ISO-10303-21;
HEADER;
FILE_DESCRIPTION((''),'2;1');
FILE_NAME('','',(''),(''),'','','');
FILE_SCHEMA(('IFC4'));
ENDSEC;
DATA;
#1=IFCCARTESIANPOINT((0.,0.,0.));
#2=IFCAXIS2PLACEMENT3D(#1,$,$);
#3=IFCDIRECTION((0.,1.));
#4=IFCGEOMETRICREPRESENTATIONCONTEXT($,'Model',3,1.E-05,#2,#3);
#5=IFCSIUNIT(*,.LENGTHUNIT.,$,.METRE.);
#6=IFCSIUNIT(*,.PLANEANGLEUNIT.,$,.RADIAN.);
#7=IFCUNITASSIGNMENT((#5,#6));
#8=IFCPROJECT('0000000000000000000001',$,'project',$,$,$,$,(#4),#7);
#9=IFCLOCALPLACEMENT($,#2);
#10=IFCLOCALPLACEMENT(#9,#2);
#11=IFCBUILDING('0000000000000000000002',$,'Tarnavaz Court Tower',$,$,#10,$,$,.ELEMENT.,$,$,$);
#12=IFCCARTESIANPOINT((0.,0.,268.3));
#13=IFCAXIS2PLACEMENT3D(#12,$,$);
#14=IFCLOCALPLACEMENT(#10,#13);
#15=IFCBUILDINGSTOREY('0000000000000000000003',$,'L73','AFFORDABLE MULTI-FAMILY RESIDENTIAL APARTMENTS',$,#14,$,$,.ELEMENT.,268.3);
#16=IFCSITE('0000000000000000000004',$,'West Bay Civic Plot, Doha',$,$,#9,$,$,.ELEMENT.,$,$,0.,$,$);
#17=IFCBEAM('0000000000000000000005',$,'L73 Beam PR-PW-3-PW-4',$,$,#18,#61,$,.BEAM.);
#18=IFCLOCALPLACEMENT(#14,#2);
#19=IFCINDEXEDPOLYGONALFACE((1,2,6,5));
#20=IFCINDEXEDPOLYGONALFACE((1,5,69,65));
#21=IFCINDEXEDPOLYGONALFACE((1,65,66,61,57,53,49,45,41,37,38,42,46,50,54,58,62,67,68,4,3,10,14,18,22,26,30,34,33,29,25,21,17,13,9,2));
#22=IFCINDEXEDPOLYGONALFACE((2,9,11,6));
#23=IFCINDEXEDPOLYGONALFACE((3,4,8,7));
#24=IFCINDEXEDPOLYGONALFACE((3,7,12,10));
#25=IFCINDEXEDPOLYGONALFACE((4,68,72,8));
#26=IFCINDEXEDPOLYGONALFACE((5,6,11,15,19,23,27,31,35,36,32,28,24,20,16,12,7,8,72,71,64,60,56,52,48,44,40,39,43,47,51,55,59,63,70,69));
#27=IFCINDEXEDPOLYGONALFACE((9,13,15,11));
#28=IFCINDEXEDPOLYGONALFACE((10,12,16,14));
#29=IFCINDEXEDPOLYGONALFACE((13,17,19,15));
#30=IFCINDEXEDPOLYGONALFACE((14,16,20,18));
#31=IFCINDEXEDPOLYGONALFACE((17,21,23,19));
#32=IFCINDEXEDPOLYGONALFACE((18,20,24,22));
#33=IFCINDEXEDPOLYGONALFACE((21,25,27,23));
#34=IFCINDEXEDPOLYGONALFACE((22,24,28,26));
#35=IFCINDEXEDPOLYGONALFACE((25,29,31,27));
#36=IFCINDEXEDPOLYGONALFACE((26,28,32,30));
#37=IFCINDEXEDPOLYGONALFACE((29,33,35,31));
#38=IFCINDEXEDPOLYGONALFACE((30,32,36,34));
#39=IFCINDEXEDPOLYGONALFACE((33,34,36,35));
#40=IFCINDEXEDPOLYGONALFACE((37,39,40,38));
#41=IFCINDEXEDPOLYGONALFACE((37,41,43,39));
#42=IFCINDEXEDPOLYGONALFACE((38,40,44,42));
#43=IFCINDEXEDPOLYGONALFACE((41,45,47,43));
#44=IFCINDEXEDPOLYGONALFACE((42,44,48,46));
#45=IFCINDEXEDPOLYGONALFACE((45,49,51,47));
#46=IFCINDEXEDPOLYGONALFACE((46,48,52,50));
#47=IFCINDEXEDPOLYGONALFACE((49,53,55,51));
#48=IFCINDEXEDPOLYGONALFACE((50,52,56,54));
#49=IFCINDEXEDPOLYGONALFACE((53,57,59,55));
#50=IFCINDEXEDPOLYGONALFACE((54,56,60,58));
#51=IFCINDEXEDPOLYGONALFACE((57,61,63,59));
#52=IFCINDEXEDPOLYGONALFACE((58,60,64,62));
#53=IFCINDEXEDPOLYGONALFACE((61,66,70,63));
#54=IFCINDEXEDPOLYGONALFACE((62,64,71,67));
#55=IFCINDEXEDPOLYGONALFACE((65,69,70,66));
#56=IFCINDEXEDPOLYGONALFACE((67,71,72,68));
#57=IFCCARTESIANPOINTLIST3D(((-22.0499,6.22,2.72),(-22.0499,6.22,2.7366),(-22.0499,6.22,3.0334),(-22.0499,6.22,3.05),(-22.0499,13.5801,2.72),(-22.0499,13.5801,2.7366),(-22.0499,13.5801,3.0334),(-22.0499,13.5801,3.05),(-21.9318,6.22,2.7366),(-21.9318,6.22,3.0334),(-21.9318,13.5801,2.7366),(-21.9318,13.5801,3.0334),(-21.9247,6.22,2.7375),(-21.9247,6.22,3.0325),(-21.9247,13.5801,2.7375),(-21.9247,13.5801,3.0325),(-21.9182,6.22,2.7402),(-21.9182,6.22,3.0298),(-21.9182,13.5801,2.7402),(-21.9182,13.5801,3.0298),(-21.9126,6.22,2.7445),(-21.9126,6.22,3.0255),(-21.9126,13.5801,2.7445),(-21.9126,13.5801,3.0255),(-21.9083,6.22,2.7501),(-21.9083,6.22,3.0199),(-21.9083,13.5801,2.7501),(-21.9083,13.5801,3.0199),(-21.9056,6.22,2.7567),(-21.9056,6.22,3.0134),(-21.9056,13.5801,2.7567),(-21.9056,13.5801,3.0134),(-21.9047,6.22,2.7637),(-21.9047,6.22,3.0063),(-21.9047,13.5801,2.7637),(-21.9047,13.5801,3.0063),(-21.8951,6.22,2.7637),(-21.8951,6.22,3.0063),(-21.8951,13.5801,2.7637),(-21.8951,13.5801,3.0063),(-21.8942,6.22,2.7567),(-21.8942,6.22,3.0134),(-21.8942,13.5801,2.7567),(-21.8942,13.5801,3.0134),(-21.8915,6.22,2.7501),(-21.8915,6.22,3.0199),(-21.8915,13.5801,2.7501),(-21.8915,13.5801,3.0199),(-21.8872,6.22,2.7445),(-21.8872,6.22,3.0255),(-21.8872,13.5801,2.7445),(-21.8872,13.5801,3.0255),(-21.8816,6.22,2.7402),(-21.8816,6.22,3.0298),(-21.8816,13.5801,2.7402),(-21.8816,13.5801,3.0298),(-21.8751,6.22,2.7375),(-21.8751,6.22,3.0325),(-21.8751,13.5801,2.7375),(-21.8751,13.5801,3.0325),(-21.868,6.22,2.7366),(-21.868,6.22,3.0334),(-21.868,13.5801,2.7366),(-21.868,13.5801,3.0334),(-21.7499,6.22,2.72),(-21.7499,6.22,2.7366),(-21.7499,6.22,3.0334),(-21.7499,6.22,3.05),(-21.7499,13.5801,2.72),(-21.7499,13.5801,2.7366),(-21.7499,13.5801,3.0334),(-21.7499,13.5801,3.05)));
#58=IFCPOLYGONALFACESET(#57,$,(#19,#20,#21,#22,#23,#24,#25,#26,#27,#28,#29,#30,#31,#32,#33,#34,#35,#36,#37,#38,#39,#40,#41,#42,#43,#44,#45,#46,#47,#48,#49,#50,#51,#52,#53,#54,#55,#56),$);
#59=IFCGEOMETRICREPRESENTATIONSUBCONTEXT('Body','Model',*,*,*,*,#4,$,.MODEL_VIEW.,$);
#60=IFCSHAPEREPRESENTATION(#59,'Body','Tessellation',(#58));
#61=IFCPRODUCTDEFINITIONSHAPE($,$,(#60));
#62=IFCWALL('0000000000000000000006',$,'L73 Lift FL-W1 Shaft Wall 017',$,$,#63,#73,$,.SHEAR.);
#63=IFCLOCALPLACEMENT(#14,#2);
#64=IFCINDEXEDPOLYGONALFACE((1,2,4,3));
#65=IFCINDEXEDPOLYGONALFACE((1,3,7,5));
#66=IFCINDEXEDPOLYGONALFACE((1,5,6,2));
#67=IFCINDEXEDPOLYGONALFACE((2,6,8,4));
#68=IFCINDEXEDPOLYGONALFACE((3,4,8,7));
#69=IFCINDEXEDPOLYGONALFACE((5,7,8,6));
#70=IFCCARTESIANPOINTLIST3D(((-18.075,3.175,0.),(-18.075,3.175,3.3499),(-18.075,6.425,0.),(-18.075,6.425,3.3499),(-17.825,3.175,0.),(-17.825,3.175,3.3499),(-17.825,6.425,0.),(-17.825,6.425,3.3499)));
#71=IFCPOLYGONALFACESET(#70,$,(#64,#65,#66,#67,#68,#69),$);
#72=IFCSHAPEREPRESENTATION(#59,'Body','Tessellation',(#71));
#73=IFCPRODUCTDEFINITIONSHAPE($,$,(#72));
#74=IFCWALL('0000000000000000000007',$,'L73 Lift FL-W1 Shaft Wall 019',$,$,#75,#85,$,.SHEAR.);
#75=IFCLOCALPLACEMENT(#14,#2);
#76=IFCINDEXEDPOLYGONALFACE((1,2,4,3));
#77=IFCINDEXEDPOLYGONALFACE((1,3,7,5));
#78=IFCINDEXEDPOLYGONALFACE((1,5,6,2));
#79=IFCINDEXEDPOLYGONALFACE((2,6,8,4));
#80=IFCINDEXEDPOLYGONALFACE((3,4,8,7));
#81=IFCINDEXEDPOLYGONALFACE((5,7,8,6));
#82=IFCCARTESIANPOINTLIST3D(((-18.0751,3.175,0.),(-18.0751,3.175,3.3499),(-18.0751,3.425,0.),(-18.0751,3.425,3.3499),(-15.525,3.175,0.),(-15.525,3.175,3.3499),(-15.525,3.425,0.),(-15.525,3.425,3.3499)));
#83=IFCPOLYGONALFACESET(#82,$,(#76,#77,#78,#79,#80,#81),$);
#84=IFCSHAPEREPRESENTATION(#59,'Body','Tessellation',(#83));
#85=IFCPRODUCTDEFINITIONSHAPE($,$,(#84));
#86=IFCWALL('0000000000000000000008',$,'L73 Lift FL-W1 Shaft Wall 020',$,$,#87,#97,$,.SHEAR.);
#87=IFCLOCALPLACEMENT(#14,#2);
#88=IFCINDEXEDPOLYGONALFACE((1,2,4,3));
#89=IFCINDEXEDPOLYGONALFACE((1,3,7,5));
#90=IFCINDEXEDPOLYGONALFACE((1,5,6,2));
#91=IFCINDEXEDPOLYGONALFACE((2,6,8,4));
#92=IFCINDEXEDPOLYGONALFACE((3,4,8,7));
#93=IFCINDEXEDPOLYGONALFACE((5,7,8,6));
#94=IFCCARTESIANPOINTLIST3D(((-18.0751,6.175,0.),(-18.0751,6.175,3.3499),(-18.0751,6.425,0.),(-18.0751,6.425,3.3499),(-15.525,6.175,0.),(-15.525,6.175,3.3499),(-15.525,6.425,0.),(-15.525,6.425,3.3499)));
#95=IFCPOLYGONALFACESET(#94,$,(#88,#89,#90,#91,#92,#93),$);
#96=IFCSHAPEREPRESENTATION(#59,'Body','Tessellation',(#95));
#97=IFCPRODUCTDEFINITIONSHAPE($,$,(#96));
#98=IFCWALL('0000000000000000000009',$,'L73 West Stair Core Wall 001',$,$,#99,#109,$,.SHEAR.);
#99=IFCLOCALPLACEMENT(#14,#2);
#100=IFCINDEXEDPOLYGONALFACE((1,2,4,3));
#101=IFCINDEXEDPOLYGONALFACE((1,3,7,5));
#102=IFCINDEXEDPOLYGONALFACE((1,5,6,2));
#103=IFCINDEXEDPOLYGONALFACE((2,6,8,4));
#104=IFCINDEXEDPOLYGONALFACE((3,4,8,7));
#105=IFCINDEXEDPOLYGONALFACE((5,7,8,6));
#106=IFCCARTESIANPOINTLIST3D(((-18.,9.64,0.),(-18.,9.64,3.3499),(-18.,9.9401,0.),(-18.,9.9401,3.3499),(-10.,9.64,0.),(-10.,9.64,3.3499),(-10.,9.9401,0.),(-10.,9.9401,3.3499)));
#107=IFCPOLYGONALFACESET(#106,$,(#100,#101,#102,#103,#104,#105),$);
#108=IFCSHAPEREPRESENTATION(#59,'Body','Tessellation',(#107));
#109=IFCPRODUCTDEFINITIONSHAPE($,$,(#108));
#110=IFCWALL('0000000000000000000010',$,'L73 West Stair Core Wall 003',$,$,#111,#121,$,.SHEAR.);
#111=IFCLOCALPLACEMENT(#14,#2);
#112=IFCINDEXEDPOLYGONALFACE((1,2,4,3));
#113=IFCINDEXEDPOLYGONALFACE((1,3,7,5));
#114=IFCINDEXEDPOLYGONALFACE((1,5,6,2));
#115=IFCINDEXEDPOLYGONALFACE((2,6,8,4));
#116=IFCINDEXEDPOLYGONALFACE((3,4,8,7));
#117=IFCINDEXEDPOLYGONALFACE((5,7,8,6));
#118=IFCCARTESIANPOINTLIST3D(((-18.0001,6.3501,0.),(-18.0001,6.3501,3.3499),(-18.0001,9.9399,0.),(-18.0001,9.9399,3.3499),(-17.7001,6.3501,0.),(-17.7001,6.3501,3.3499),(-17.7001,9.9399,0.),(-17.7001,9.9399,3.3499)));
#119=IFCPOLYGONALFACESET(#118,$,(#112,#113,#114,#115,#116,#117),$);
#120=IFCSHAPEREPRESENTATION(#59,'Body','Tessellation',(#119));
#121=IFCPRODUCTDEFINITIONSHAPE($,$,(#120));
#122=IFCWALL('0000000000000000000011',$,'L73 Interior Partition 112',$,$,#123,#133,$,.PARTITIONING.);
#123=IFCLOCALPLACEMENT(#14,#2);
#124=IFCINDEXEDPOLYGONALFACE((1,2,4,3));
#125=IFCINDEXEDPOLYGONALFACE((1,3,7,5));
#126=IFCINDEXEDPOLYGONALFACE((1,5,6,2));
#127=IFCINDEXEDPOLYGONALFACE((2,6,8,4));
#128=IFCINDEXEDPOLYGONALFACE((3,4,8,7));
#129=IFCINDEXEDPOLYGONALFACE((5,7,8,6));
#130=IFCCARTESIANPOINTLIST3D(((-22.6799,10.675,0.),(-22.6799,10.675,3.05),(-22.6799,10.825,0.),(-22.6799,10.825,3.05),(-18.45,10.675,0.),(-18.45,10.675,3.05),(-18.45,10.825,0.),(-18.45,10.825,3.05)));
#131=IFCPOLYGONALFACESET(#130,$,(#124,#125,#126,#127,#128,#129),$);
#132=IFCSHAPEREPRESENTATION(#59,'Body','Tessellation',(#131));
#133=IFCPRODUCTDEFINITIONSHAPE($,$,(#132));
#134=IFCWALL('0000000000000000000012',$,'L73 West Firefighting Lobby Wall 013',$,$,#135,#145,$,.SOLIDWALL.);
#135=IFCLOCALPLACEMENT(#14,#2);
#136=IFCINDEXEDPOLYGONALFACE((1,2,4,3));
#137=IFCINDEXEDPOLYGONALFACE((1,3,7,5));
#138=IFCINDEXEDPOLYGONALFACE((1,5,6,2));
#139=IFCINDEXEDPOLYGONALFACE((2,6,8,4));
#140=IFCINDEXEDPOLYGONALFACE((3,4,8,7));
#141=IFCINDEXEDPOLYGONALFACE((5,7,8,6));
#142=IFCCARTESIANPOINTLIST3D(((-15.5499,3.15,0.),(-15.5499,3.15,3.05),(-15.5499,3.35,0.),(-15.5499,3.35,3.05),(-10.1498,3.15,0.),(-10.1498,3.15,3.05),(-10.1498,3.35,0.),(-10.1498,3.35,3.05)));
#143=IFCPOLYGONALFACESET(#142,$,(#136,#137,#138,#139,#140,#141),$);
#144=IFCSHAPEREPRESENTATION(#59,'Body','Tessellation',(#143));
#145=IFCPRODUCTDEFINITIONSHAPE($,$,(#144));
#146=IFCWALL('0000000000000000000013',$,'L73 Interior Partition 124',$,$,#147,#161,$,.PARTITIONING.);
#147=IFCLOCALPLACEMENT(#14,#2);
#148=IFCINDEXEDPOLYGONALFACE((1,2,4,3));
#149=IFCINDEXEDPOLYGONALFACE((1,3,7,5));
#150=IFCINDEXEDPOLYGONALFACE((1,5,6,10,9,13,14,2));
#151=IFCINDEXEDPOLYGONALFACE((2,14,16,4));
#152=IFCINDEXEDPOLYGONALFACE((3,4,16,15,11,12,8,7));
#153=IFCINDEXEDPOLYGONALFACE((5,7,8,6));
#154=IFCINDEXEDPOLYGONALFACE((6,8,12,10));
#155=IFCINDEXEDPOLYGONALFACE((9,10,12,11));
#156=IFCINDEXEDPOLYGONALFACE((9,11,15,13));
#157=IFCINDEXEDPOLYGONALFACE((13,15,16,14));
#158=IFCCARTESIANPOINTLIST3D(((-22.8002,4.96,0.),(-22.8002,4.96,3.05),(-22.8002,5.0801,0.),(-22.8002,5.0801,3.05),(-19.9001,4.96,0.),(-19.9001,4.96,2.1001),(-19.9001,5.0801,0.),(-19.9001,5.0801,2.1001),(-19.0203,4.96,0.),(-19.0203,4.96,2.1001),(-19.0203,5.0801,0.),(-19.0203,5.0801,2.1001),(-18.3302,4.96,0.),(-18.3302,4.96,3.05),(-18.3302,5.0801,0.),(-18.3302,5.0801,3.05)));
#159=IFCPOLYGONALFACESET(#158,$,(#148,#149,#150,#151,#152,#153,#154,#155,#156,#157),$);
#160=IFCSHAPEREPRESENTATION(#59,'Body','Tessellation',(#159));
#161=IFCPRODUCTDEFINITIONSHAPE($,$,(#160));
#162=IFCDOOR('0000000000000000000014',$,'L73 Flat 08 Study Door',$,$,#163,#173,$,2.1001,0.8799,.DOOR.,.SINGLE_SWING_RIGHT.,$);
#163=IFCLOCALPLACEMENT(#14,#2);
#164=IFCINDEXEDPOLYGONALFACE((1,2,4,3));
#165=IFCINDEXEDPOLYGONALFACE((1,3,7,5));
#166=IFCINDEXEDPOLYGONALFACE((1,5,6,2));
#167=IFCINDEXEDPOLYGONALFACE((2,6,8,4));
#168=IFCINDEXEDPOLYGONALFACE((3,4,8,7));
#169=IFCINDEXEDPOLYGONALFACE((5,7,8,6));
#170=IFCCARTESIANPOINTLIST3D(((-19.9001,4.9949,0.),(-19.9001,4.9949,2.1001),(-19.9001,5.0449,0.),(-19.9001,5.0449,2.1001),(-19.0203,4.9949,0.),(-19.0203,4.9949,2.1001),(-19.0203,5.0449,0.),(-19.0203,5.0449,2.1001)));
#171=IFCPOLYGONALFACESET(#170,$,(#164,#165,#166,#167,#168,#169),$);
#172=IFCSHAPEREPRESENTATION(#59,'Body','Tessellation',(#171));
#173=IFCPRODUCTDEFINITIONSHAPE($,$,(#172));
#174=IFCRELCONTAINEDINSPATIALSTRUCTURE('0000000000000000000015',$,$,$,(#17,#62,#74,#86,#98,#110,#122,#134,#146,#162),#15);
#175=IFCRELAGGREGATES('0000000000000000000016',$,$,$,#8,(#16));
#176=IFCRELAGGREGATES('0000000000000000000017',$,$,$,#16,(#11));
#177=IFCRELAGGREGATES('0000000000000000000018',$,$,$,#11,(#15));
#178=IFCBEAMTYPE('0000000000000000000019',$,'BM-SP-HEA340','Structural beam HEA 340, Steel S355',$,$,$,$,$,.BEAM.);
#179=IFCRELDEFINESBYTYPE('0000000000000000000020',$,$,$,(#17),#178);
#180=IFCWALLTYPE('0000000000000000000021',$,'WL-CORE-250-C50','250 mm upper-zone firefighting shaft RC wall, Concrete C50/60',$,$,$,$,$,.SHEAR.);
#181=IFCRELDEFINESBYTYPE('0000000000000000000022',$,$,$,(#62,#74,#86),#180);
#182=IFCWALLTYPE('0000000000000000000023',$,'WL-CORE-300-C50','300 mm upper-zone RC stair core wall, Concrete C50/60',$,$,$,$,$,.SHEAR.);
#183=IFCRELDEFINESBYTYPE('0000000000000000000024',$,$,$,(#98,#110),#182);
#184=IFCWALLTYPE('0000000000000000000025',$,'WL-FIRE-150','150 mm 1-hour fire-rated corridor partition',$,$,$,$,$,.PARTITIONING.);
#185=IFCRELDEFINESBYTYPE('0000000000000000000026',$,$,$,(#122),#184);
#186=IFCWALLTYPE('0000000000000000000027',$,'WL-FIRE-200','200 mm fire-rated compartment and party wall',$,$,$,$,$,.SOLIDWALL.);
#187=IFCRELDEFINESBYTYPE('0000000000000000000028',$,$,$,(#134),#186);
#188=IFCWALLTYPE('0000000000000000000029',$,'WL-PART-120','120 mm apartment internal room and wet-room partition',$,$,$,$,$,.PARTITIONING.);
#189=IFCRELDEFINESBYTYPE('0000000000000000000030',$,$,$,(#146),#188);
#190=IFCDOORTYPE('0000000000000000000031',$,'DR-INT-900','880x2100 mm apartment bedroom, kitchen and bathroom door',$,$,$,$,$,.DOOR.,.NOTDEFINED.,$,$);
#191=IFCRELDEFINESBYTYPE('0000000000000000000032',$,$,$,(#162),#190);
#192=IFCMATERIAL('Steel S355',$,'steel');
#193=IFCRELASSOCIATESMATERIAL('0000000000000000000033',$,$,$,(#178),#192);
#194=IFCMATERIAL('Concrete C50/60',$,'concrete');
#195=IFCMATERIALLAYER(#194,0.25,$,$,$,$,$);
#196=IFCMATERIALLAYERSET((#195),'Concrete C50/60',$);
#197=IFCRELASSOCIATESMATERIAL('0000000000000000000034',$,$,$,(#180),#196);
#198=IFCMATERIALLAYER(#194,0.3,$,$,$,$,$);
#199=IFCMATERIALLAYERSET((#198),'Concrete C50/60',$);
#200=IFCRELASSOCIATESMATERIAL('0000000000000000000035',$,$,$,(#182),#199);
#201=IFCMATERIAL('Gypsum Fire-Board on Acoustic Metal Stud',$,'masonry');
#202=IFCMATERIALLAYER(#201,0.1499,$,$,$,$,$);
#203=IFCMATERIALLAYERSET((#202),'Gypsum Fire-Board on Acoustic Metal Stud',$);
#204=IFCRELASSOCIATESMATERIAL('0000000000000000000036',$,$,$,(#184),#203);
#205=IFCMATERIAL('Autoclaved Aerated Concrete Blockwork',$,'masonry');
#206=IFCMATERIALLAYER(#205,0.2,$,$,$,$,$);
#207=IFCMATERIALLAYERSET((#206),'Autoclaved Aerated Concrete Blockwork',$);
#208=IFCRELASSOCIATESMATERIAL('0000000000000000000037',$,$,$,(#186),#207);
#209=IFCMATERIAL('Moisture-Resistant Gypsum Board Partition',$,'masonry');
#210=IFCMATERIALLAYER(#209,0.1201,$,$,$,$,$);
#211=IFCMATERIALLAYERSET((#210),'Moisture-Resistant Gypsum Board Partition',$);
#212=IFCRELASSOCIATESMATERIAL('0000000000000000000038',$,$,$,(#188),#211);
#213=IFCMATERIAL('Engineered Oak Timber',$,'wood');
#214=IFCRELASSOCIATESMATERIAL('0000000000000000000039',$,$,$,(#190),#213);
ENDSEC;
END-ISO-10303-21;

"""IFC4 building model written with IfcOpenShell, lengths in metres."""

from ifc_helpers import new_model, si_unit, direction, frame, frame_2d, origin, origin_2d, place, context, subcontext, project, spatial, rectangle, i_section, extrude, material, layer, layer_set, material_profile, profile_set, type_object, element, fill, save


model = new_model("IFC4")

# Units and contexts
model_context = context("Model", 3, precision=1e-05, world=origin(), true_north=direction((0.0, 1.0)))
body_context = subcontext(model_context, "Body", "Model", "MODEL_VIEW")
ifc_project = project(units=[si_unit("LENGTHUNIT", "METRE"), si_unit("PLANEANGLEUNIT", "RADIAN")], contexts=[model_context])

# Site, building, storey
site_placement = place(None, origin())
site = spatial("IfcSite", under=ifc_project, at=site_placement, Name="West Bay Civic Plot, Doha", CompositionType="ELEMENT", RefElevation=0.0)
building_placement = place(site_placement, origin())
building = spatial("IfcBuilding", under=site, at=building_placement, Name="Tarnavaz Court Tower", CompositionType="ELEMENT")
storey_placement = place(building_placement, frame((0.0, 0.0, 268.3)))
storey = spatial("IfcBuildingStorey", under=building, at=storey_placement, Name="L73", Description="AFFORDABLE MULTI-FAMILY RESIDENTIAL APARTMENTS", CompositionType="ELEMENT", Elevation=268.3)

# Shared definitions
ifc_material_1 = material(Name="Concrete C50/60", Category="concrete")

# Beam
ifc_material_2 = material(Name="Steel S355", Category="steel")
ifc_material_profile_1 = material_profile(ifc_material_2, i_section(OverallWidth=0.3, OverallDepth=0.3301, WebThickness=0.0095, FlangeThickness=0.0166, FilletRadius=0.0271, at=origin_2d()), Name="HEA 340")
ifc_profile_set_1 = profile_set([ifc_material_profile_1], Name="Steel S355")
beam_type_1 = type_object("IfcBeamType", Name="BM-SP-HEA340", Description="Structural beam HEA 340, Steel S355", PredefinedType="BEAM", material=ifc_profile_set_1)
beam_1_placement = place(storey_placement, frame((-21.8999, 6.22, 2.885), z_axis=(0.0, 1.0, 0.0), x_axis=(-1.0, 0.0, 0.0)))
element("IfcBeam", 1, at=beam_1_placement, inside=storey, type_object=beam_type_1, Name="L73 Beam PR-PW-3-PW-4", PredefinedType="BEAM", context=body_context, shape_type="SweptSolid", body=[
    extrude(i_section(OverallWidth=0.3, OverallDepth=0.3301, WebThickness=0.0095, FlangeThickness=0.0166, FilletRadius=0.0271, at=origin_2d()), origin(), (0.0, 0.0, 1.0), 7.3601),
])

# Wall
ifc_layer_1 = layer(ifc_material_1, 0.25)
ifc_layer_set_1 = layer_set([ifc_layer_1], Name="Concrete C50/60")
wall_type_1 = type_object("IfcWallType", Name="WL-CORE-250-C50", Description="250 mm upper-zone firefighting shaft RC wall, Concrete C50/60", PredefinedType="SHEAR", material=ifc_layer_set_1)
wall_1_placement = place(storey_placement, frame((-17.95, 3.175, 0.0), z_axis=(0.0, 0.0, 1.0), x_axis=(0.0, 1.0, 0.0)))
element("IfcWall", 2, at=wall_1_placement, inside=storey, type_object=wall_type_1, Name="L73 Lift FL-W1 Shaft Wall 017", PredefinedType="SHEAR", context=body_context, shape_type="SweptSolid", body=[
    extrude(rectangle(XDim=3.25, YDim=0.25, at=frame_2d((1.625, 0.0))), origin(), (0.0, 0.0, 1.0), 3.3499),
])

# Walls
for number, where, z_axis, x_axis, name in (
    (3, (-18.075, 3.3, 0.0), (0.0, 0.0, 1.0), (1.0, 0.0, 0.0), "L73 Lift FL-W1 Shaft Wall 019"),
    (4, (-18.075, 6.3, 0.0), (0.0, 0.0, 1.0), (1.0, 0.0, 0.0), "L73 Lift FL-W1 Shaft Wall 020"),
):
    element("IfcWall", number, at=place(storey_placement, frame(where, z_axis=z_axis, x_axis=x_axis)), inside=storey, type_object=wall_type_1, Name=name, PredefinedType="SHEAR", context=body_context, shape_type="SweptSolid", body=[
        extrude(rectangle(XDim=2.55, YDim=0.25, at=frame_2d((1.2749, 0.0))), origin(), (0.0, 0.0, 1.0), 3.3499),
    ])
ifc_layer_2 = layer(ifc_material_1, 0.3)
ifc_layer_set_2 = layer_set([ifc_layer_2], Name="Concrete C50/60")
wall_type_2 = type_object("IfcWallType", Name="WL-CORE-300-C50", Description="300 mm upper-zone RC stair core wall, Concrete C50/60", PredefinedType="SHEAR", material=ifc_layer_set_2)
wall_2_placement = place(storey_placement, frame((-18.0, 9.79, 0.0), z_axis=(0.0, 0.0, 1.0), x_axis=(1.0, 0.0, 0.0)))
element("IfcWall", 5, at=wall_2_placement, inside=storey, type_object=wall_type_2, Name="L73 West Stair Core Wall 001", PredefinedType="SHEAR", context=body_context, shape_type="SweptSolid", body=[
    extrude(rectangle(XDim=8.0, YDim=0.3, at=frame_2d((4.0, 0.0))), origin(), (0.0, 0.0, 1.0), 3.3499),
])

# Walls
wall_3_placement = place(storey_placement, frame((-17.8501, 6.3501, 0.0), z_axis=(0.0, 0.0, 1.0), x_axis=(0.0, 1.0, 0.0)))
element("IfcWall", 6, at=wall_3_placement, inside=storey, type_object=wall_type_2, Name="L73 West Stair Core Wall 003", PredefinedType="SHEAR", context=body_context, shape_type="SweptSolid", body=[
    extrude(rectangle(XDim=3.5898, YDim=0.3, at=frame_2d((1.7949, 0.0))), origin(), (0.0, 0.0, 1.0), 3.3499),
])
ifc_material_3 = material(Name="Gypsum Fire-Board on Acoustic Metal Stud", Category="masonry")
ifc_layer_3 = layer(ifc_material_3, 0.1499)
ifc_layer_set_3 = layer_set([ifc_layer_3], Name="Gypsum Fire-Board on Acoustic Metal Stud")
wall_type_3 = type_object("IfcWallType", Name="WL-FIRE-150", Description="150 mm 1-hour fire-rated corridor partition", PredefinedType="PARTITIONING", material=ifc_layer_set_3)
wall_4_placement = place(storey_placement, frame((-22.6799, 10.75, 0.0), z_axis=(0.0, 0.0, 1.0), x_axis=(1.0, 0.0, 0.0)))
element("IfcWall", 7, at=wall_4_placement, inside=storey, type_object=wall_type_3, Name="L73 Interior Partition 112", PredefinedType="PARTITIONING", context=body_context, shape_type="SweptSolid", body=[
    extrude(rectangle(XDim=4.23, YDim=0.1499, at=frame_2d((2.115, 0.0))), origin(), (0.0, 0.0, 1.0), 3.05),
])
ifc_material_4 = material(Name="Autoclaved Aerated Concrete Blockwork", Category="masonry")
ifc_layer_4 = layer(ifc_material_4, 0.2)
ifc_layer_set_4 = layer_set([ifc_layer_4], Name="Autoclaved Aerated Concrete Blockwork")
wall_type_4 = type_object("IfcWallType", Name="WL-FIRE-200", Description="200 mm fire-rated compartment and party wall", PredefinedType="SOLIDWALL", material=ifc_layer_set_4)
wall_5_placement = place(storey_placement, frame((-15.55, 3.25, 0.0), z_axis=(0.0, 0.0, 1.0), x_axis=(1.0, 0.0, 0.0)))
element("IfcWall", 8, at=wall_5_placement, inside=storey, type_object=wall_type_4, Name="L73 West Firefighting Lobby Wall 013", PredefinedType="SOLIDWALL", context=body_context, shape_type="SweptSolid", body=[
    extrude(rectangle(XDim=5.4001, YDim=0.2, at=frame_2d((2.7002, 0.0))), origin(), (0.0, 0.0, 1.0), 3.05),
])

# Wall, opening, door
ifc_material_5 = material(Name="Moisture-Resistant Gypsum Board Partition", Category="masonry")
ifc_layer_5 = layer(ifc_material_5, 0.1201)
ifc_layer_set_5 = layer_set([ifc_layer_5], Name="Moisture-Resistant Gypsum Board Partition")
wall_type_5 = type_object("IfcWallType", Name="WL-PART-120", Description="120 mm apartment internal room and wet-room partition", PredefinedType="PARTITIONING", material=ifc_layer_set_5)
wall_6_placement = place(storey_placement, frame((-22.8, 5.02, 0.0), z_axis=(0.0, 0.0, 1.0), x_axis=(1.0, 0.0, 0.0)))
wall_6 = element("IfcWall", 9, at=wall_6_placement, inside=storey, type_object=wall_type_5, Name="L73 Interior Partition 124", PredefinedType="PARTITIONING", context=body_context, shape_type="SweptSolid", body=[
    extrude(rectangle(XDim=4.47, YDim=0.1201, at=frame_2d((2.2349, 0.0))), origin(), (0.0, 0.0, 1.0), 3.05),
])
opening_1_placement = place(wall_6_placement, frame((2.8999, 0.0, 0.0)))
opening_1 = element("IfcOpeningElement", 10, at=opening_1_placement, cuts=wall_6, PredefinedType="OPENING", context=body_context, shape_type="SweptSolid", body=[
    extrude(rectangle(XDim=0.8799, YDim=2.1001, at=frame_2d((0.4399, 1.05))), frame((0.0, 0.0701, 0.0), z_axis=(0.0, -1.0, 0.0), x_axis=(1.0, 0.0, 0.0)), (0.0, 0.0, 1.0), 0.1401),
])
ifc_material_6 = material(Name="Engineered Oak Timber", Category="wood")
door_type_1 = type_object("IfcDoorType", Name="DR-INT-900", Description="880x2100 mm apartment bedroom, kitchen and bathroom door", OperationType="NOTDEFINED", PredefinedType="DOOR", material=ifc_material_6)
door_1_placement = place(opening_1_placement, origin())
door_1 = element("IfcDoor", 11, at=door_1_placement, inside=storey, type_object=door_type_1, Name="L73 Flat 08 Study Door", OperationType="SINGLE_SWING_RIGHT", OverallHeight=2.1001, OverallWidth=0.8799, PredefinedType="DOOR", context=body_context, shape_type="SweptSolid", body=[
    extrude(rectangle(XDim=0.8799, YDim=2.1001, at=frame_2d((0.4399, 1.05))), frame((0.0, 0.0249, 0.0), z_axis=(0.0, -1.0, 0.0), x_axis=(1.0, 0.0, 0.0)), (0.0, 0.0, 1.0), 0.05),
])
fill(opening_1, door_1)

save(model, "model.ifc")
